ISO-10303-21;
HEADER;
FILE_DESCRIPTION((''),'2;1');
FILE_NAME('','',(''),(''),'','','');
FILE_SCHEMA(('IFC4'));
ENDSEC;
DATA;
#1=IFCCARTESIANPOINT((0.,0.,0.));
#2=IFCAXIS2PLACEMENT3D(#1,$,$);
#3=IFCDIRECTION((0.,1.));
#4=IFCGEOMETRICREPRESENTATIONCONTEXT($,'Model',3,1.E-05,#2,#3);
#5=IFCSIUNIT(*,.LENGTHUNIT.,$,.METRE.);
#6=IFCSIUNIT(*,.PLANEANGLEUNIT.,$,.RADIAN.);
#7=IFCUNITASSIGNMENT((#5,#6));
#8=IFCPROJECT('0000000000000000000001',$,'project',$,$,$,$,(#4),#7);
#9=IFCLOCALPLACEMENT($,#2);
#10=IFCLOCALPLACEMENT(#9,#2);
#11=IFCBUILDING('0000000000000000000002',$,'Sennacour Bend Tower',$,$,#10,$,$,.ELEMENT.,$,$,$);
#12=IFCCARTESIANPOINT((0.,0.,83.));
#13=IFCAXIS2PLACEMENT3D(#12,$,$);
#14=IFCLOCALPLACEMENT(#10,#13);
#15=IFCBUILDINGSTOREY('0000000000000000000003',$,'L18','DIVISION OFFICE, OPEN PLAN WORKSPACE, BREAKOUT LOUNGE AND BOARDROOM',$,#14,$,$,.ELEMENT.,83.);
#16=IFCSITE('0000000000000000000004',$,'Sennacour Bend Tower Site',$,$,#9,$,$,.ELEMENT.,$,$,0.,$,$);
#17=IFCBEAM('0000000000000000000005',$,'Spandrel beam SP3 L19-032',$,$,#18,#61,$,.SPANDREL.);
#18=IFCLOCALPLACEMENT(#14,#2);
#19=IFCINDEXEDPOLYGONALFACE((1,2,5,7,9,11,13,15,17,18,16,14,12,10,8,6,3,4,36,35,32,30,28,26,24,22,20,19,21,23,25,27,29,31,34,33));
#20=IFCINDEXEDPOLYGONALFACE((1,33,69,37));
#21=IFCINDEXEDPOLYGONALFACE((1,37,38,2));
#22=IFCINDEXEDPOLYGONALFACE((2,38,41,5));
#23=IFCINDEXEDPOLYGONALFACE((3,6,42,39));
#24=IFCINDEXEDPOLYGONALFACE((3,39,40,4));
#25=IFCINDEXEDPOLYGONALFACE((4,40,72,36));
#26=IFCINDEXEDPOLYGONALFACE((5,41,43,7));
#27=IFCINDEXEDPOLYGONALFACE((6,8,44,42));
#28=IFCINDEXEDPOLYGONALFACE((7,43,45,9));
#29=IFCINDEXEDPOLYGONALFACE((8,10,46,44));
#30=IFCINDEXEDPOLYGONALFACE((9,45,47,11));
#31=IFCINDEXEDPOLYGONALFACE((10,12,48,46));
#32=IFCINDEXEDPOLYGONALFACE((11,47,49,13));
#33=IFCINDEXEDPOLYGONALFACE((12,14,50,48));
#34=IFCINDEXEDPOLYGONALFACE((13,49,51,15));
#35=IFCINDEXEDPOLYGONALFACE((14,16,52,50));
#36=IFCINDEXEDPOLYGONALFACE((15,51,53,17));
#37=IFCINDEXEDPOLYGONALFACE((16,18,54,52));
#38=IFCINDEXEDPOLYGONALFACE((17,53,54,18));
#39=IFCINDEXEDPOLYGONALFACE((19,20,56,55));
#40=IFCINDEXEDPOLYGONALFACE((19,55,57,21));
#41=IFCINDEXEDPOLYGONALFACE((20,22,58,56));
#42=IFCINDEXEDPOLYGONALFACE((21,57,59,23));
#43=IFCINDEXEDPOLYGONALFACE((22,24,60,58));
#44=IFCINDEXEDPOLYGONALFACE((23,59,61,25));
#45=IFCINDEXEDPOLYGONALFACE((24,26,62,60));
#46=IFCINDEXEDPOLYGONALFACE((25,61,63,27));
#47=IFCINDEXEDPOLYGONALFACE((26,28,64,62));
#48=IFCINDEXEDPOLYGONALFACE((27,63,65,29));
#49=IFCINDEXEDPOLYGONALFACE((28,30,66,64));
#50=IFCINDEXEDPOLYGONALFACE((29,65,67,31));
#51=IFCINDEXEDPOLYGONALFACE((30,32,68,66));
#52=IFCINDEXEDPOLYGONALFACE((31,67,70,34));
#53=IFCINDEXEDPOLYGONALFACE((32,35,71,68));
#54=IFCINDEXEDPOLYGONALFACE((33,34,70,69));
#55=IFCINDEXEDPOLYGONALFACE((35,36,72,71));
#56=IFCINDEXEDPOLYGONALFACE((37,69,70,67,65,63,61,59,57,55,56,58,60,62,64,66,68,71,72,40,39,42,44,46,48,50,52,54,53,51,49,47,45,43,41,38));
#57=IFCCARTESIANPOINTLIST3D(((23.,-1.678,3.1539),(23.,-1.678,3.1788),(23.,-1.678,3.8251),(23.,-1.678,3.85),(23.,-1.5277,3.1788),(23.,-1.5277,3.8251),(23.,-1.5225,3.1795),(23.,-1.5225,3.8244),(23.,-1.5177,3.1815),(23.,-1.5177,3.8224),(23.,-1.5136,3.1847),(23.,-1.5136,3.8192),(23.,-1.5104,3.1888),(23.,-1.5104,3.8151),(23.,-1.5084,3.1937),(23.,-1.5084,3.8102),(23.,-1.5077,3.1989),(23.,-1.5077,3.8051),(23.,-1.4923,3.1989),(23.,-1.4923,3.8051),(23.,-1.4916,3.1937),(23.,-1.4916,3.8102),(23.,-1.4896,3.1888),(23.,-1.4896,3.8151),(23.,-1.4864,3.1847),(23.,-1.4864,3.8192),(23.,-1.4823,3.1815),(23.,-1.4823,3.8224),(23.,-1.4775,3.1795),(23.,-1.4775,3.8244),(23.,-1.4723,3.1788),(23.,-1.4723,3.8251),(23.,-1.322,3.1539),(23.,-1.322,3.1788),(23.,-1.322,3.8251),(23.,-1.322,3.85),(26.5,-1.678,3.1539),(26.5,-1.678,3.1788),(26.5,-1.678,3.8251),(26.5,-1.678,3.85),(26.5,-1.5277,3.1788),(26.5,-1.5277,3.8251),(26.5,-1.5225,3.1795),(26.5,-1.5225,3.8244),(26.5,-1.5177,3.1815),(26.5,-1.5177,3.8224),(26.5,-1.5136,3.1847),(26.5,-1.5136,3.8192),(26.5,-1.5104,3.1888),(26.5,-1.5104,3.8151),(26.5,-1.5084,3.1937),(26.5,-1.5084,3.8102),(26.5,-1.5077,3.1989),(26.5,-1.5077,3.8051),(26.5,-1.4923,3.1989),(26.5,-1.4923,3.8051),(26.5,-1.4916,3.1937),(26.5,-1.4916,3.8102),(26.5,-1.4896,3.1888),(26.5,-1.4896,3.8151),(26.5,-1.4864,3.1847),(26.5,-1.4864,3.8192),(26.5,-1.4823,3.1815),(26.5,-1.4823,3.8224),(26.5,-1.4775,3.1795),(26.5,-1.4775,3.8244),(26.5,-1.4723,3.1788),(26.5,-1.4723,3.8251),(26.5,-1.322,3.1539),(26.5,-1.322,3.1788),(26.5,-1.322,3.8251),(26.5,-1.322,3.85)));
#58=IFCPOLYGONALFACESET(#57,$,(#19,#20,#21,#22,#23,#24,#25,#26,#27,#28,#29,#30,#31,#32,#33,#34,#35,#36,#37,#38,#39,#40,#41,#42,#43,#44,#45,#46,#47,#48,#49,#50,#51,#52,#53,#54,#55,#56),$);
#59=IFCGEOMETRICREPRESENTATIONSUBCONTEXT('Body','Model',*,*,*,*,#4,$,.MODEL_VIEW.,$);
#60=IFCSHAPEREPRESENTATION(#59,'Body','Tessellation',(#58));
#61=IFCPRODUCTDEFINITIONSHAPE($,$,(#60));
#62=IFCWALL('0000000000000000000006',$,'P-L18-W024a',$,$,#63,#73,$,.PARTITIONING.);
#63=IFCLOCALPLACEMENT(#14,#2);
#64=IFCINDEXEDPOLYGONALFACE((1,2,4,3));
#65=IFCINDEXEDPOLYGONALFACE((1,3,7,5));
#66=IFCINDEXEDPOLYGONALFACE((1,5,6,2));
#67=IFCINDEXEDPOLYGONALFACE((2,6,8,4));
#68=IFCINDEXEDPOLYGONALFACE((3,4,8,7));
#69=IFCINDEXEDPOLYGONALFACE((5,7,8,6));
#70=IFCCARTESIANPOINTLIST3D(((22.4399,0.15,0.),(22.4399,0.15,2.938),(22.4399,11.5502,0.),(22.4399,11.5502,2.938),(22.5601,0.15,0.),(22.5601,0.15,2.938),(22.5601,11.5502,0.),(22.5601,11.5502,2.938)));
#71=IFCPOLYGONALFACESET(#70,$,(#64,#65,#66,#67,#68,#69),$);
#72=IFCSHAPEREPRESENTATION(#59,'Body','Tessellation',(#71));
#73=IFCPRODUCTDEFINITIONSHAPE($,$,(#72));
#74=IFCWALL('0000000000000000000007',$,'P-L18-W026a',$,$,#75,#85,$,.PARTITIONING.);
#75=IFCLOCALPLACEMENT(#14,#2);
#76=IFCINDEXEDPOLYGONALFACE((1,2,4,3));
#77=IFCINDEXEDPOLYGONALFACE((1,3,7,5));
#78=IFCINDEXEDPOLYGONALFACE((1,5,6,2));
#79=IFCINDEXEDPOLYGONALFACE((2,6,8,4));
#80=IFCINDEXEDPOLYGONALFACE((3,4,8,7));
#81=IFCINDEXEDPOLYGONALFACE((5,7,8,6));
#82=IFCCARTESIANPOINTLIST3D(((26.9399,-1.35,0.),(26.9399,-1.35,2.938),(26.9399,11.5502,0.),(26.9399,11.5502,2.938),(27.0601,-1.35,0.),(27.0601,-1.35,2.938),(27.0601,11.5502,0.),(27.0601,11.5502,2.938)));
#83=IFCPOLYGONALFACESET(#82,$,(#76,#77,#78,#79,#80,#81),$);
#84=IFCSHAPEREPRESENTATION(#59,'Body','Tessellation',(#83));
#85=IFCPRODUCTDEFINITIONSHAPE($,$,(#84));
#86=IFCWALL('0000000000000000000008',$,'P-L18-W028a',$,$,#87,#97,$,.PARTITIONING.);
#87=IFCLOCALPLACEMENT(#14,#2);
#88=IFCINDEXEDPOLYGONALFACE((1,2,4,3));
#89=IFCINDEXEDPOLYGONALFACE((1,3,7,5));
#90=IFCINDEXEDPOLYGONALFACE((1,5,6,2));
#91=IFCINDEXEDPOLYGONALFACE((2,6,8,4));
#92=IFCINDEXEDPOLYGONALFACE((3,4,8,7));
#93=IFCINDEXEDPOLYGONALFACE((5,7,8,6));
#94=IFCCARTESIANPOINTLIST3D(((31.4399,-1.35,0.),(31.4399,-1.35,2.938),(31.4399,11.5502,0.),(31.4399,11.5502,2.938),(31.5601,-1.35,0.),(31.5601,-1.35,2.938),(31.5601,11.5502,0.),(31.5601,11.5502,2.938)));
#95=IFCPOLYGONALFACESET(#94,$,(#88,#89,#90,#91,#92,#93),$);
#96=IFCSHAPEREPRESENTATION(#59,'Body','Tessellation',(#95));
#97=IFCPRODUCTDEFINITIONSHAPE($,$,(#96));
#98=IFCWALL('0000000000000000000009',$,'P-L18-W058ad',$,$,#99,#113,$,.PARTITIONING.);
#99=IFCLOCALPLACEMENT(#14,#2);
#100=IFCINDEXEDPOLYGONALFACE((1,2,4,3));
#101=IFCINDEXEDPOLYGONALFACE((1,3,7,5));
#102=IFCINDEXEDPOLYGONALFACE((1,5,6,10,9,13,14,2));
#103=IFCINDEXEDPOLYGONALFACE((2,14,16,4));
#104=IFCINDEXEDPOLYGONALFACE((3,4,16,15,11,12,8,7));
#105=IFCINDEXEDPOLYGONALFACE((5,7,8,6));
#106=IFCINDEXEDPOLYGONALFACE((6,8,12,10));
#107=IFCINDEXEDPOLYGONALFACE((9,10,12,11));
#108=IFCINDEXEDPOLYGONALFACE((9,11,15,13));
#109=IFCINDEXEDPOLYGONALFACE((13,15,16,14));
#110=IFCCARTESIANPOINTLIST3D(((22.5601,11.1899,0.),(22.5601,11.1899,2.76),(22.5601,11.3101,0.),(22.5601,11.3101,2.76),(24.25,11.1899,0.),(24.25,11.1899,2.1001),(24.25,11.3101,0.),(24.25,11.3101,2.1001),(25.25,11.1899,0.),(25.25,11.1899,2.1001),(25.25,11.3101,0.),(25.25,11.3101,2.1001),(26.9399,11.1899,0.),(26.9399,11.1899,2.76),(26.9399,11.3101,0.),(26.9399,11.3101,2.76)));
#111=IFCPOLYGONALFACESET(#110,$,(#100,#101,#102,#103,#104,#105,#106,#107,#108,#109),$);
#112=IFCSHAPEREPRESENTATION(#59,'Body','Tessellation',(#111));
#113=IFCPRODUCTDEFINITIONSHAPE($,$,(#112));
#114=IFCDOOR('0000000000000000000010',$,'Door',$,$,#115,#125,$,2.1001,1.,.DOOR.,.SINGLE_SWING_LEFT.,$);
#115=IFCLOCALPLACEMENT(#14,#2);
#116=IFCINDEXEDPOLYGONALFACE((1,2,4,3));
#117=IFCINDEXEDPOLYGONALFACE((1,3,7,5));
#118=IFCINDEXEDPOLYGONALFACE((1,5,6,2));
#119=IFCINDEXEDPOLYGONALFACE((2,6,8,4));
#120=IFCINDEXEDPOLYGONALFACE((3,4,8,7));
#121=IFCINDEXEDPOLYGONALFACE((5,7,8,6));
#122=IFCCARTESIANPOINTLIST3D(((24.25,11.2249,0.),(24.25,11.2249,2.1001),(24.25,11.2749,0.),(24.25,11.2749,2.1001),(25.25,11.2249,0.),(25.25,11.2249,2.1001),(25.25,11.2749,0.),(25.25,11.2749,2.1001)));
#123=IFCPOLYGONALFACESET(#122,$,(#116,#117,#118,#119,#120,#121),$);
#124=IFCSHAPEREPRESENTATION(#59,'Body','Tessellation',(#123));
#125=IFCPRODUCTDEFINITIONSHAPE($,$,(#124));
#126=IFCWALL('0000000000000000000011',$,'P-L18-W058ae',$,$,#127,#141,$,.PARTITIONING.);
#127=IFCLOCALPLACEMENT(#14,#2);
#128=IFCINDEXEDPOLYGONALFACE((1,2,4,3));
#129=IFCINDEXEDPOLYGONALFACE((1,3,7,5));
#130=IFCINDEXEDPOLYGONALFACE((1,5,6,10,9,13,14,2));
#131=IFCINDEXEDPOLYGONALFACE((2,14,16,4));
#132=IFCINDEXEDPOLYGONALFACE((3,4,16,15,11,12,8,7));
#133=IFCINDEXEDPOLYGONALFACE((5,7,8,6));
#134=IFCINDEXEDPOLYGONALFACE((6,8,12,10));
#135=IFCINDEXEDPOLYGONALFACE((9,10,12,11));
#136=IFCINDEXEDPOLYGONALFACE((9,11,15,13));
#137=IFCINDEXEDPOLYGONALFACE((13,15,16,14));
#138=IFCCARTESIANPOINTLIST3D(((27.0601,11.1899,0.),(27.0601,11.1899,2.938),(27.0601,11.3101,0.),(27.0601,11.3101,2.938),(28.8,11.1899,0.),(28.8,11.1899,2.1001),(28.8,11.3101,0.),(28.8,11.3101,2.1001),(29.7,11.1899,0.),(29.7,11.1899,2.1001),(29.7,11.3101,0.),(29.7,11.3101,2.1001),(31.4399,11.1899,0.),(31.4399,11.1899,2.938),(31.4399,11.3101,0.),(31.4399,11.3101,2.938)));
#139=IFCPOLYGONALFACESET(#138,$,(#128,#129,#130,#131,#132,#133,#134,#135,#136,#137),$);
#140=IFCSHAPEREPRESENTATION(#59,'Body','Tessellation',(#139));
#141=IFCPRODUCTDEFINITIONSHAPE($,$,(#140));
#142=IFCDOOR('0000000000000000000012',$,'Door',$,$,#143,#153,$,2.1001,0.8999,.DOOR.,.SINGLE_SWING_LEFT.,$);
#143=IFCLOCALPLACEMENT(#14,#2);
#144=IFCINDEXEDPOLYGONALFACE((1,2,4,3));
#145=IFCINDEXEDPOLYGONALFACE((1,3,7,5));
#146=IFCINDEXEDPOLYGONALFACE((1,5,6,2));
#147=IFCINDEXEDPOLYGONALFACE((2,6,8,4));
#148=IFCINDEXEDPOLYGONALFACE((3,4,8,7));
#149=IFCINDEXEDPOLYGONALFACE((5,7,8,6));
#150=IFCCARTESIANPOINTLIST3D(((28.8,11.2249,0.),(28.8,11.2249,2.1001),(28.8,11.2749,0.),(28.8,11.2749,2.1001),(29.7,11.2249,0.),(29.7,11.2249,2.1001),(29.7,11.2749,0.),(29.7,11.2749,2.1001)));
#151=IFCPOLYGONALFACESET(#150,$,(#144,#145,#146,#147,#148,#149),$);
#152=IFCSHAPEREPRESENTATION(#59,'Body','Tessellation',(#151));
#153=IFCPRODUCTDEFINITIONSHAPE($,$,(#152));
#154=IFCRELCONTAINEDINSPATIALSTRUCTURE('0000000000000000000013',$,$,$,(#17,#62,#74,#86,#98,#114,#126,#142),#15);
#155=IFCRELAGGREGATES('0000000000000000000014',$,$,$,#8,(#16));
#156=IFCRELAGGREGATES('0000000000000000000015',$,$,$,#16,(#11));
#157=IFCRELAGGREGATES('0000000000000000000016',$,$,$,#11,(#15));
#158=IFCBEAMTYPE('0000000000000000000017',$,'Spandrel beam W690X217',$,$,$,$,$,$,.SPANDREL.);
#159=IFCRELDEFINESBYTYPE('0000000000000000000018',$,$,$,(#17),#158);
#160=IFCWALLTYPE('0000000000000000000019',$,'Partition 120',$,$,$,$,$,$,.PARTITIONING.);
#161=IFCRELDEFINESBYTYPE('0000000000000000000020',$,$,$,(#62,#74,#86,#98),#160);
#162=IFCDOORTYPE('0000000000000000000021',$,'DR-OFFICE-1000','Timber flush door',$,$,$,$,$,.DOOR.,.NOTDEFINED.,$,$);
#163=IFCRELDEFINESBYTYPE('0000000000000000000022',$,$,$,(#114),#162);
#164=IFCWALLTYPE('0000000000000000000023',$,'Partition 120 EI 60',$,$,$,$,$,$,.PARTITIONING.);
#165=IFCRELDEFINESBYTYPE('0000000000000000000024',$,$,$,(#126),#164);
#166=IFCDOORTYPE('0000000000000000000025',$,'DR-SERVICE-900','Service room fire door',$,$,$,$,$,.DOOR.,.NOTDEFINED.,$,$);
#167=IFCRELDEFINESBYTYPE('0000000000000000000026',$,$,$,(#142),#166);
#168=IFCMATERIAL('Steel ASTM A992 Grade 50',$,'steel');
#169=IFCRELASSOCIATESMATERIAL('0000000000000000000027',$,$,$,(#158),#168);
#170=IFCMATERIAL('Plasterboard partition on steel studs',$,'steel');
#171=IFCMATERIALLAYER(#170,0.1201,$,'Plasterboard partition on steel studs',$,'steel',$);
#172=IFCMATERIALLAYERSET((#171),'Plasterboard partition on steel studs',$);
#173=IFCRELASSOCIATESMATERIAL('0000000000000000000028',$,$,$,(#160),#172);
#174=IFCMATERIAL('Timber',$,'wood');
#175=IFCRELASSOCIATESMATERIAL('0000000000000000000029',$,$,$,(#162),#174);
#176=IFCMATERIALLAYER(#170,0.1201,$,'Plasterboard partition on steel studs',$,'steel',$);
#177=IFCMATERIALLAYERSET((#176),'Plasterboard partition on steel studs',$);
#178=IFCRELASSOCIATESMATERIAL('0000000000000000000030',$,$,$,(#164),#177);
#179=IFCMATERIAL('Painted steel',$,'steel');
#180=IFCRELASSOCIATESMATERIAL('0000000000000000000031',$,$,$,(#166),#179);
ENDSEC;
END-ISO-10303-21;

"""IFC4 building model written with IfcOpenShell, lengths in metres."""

from ifc_helpers import new_model, si_unit, direction, frame, frame_2d, origin, origin_2d, place, context, subcontext, project, spatial, rectangle, i_section, extrude, material, layer, layer_set, material_profile, profile_set, type_object, element, fill, save


model = new_model("IFC4")

# Units and contexts
model_context = context("Model", 3, precision=1e-05, world=origin(), true_north=direction((0.0, 1.0)))
body_context = subcontext(model_context, "Body", "Model", "MODEL_VIEW")
ifc_project = project(units=[si_unit("LENGTHUNIT", "METRE"), si_unit("PLANEANGLEUNIT", "RADIAN")], contexts=[model_context])

# Site, building, storey
site_placement = place(None, origin())
site = spatial("IfcSite", under=ifc_project, at=site_placement, Name="Sennacour Bend Tower Site", CompositionType="ELEMENT", RefElevation=0.0)
building_placement = place(site_placement, origin())
building = spatial("IfcBuilding", under=site, at=building_placement, Name="Sennacour Bend Tower", CompositionType="ELEMENT")
storey_placement = place(building_placement, frame((0.0, 0.0, 83.0)))
storey = spatial("IfcBuildingStorey", under=building, at=storey_placement, Name="L18", Description="DIVISION OFFICE, OPEN PLAN WORKSPACE, BREAKOUT LOUNGE AND BOARDROOM", CompositionType="ELEMENT", Elevation=83.0)

# Beam
ifc_material_1 = material(Name="Steel ASTM A992 Grade 50", Category="steel")
ifc_material_profile_1 = material_profile(ifc_material_1, i_section(OverallWidth=0.356, OverallDepth=0.696, WebThickness=0.0154, FlangeThickness=0.0249, FilletRadius=0.02, at=origin_2d()), Name="Steel ASTM A992 Grade 50", Category="steel")
ifc_profile_set_1 = profile_set([ifc_material_profile_1], Name="Steel ASTM A992 Grade 50")
beam_type_1 = type_object("IfcBeamType", Name="Spandrel beam W690X217", PredefinedType="SPANDREL", material=ifc_profile_set_1)
for number, where, z_axis, x_axis, name in (
    (1, (26.5, -1.5, 3.502), (-1.0, 0.0, 0.0), (0.0, -1.0, 0.0), "Spandrel beam SP3 L19-032"),
):
    element("IfcBeam", number, at=place(storey_placement, frame(where, z_axis=z_axis, x_axis=x_axis)), inside=storey, type_object=beam_type_1, Name=name, PredefinedType="SPANDREL", context=body_context, shape_type="SweptSolid", body=[
        extrude(i_section(OverallWidth=0.356, OverallDepth=0.696, WebThickness=0.0154, FlangeThickness=0.0249, FilletRadius=0.02, at=origin_2d()), origin(), (0.0, 0.0, 1.0), 3.5),
    ])

# Walls
ifc_material_2 = material(Name="Plasterboard partition on steel studs", Category="steel")
ifc_layer_1 = layer(ifc_material_2, 0.1201, Name="Plasterboard partition on steel studs", Category="steel")
ifc_layer_set_1 = layer_set([ifc_layer_1], Name="Plasterboard partition on steel studs")
wall_type_1 = type_object("IfcWallType", Name="Partition 120", PredefinedType="PARTITIONING", material=ifc_layer_set_1)
wall_1_placement = place(storey_placement, frame((22.5, 0.1499, 0.0), z_axis=(0.0, 0.0, 1.0), x_axis=(0.0, 1.0, 0.0)))
element("IfcWall", 2, at=wall_1_placement, inside=storey, type_object=wall_type_1, Name="P-L18-W024a", PredefinedType="PARTITIONING", context=body_context, shape_type="SweptSolid", body=[
    extrude(rectangle(XDim=11.4001, YDim=0.1201, at=frame_2d((5.7002, 0.0))), origin(), (0.0, 0.0, 1.0), 2.938),
])
for number, where, z_axis, x_axis, name in (
    (3, (27.0, -1.3501, 0.0), (0.0, 0.0, 1.0), (0.0, 1.0, 0.0), "P-L18-W026a"),
    (4, (31.5, -1.3501, 0.0), (0.0, 0.0, 1.0), (0.0, 1.0, 0.0), "P-L18-W028a"),
):
    element("IfcWall", number, at=place(storey_placement, frame(where, z_axis=z_axis, x_axis=x_axis)), inside=storey, type_object=wall_type_1, Name=name, PredefinedType="PARTITIONING", context=body_context, shape_type="SweptSolid", body=[
        extrude(rectangle(XDim=12.9001, YDim=0.1201, at=frame_2d((6.4502, 0.0))), origin(), (0.0, 0.0, 1.0), 2.938),
    ])

# Walls, openings, doors
wall_2_placement = place(storey_placement, frame((22.5601, 11.25, 0.0), z_axis=(0.0, 0.0, 1.0), x_axis=(1.0, 0.0, 0.0)))
wall_2 = element("IfcWall", 5, at=wall_2_placement, inside=storey, type_object=wall_type_1, Name="P-L18-W058ad", PredefinedType="PARTITIONING", context=body_context, shape_type="SweptSolid", body=[
    extrude(rectangle(XDim=4.3799, YDim=0.1201, at=frame_2d((2.1899, 0.0))), origin(), (0.0, 0.0, 1.0), 2.76),
])
opening_1_placement = place(wall_2_placement, frame((1.6899, 0.0, 0.0)))
opening_1 = element("IfcOpeningElement", 6, at=opening_1_placement, cuts=wall_2, PredefinedType="OPENING", context=body_context, shape_type="SweptSolid", body=[
    extrude(rectangle(XDim=1.0, YDim=2.1001, at=frame_2d((0.5, 1.05))), frame((0.0, 0.0701, 0.0), z_axis=(0.0, -1.0, 0.0), x_axis=(1.0, 0.0, 0.0)), (0.0, 0.0, 1.0), 0.1401),
])
ifc_material_3 = material(Name="Timber", Category="wood")
door_type_1 = type_object("IfcDoorType", Name="DR-OFFICE-1000", Description="Timber flush door", OperationType="NOTDEFINED", PredefinedType="DOOR", material=ifc_material_3)
door_1_placement = place(opening_1_placement, origin())
door_1 = element("IfcDoor", 7, at=door_1_placement, inside=storey, type_object=door_type_1, Name="Door", OperationType="SINGLE_SWING_LEFT", OverallHeight=2.1001, OverallWidth=1.0, PredefinedType="DOOR", context=body_context, shape_type="SweptSolid", body=[
    extrude(rectangle(XDim=1.0, YDim=2.1001, at=frame_2d((0.5, 1.05))), frame((0.0, 0.0249, 0.0), z_axis=(0.0, -1.0, 0.0), x_axis=(1.0, 0.0, 0.0)), (0.0, 0.0, 1.0), 0.05),
])
fill(opening_1, door_1)
ifc_layer_2 = layer(ifc_material_2, 0.1201, Name="Plasterboard partition on steel studs", Category="steel")
ifc_layer_set_2 = layer_set([ifc_layer_2], Name="Plasterboard partition on steel studs")
wall_type_2 = type_object("IfcWallType", Name="Partition 120 EI 60", PredefinedType="PARTITIONING", material=ifc_layer_set_2)
wall_3_placement = place(storey_placement, frame((27.0601, 11.25, 0.0), z_axis=(0.0, 0.0, 1.0), x_axis=(1.0, 0.0, 0.0)))
wall_3 = element("IfcWall", 8, at=wall_3_placement, inside=storey, type_object=wall_type_2, Name="P-L18-W058ae", PredefinedType="PARTITIONING", context=body_context, shape_type="SweptSolid", body=[
    extrude(rectangle(XDim=4.3799, YDim=0.1201, at=frame_2d((2.1899, 0.0))), origin(), (0.0, 0.0, 1.0), 2.938),
])
opening_2_placement = place(wall_3_placement, frame((1.74, 0.0, 0.0)))
opening_2 = element("IfcOpeningElement", 9, at=opening_2_placement, cuts=wall_3, PredefinedType="OPENING", context=body_context, shape_type="SweptSolid", body=[
    extrude(rectangle(XDim=0.8999, YDim=2.1001, at=frame_2d((0.45, 1.05))), frame((0.0, 0.0701, 0.0), z_axis=(0.0, -1.0, 0.0), x_axis=(1.0, 0.0, 0.0)), (0.0, 0.0, 1.0), 0.1401),
])
ifc_material_4 = material(Name="Painted steel", Category="steel")
door_type_2 = type_object("IfcDoorType", Name="DR-SERVICE-900", Description="Service room fire door", OperationType="NOTDEFINED", PredefinedType="DOOR", material=ifc_material_4)
door_2_placement = place(opening_2_placement, origin())
door_2 = element("IfcDoor", 10, at=door_2_placement, inside=storey, type_object=door_type_2, Name="Door", OperationType="SINGLE_SWING_LEFT", OverallHeight=2.1001, OverallWidth=0.8999, PredefinedType="DOOR", context=body_context, shape_type="SweptSolid", body=[
    extrude(rectangle(XDim=0.8999, YDim=2.1001, at=frame_2d((0.45, 1.05))), frame((0.0, 0.0249, 0.0), z_axis=(0.0, -1.0, 0.0), x_axis=(1.0, 0.0, 0.0)), (0.0, 0.0, 1.0), 0.05),
])
fill(opening_2, door_2)

save(model, "model.ifc")
